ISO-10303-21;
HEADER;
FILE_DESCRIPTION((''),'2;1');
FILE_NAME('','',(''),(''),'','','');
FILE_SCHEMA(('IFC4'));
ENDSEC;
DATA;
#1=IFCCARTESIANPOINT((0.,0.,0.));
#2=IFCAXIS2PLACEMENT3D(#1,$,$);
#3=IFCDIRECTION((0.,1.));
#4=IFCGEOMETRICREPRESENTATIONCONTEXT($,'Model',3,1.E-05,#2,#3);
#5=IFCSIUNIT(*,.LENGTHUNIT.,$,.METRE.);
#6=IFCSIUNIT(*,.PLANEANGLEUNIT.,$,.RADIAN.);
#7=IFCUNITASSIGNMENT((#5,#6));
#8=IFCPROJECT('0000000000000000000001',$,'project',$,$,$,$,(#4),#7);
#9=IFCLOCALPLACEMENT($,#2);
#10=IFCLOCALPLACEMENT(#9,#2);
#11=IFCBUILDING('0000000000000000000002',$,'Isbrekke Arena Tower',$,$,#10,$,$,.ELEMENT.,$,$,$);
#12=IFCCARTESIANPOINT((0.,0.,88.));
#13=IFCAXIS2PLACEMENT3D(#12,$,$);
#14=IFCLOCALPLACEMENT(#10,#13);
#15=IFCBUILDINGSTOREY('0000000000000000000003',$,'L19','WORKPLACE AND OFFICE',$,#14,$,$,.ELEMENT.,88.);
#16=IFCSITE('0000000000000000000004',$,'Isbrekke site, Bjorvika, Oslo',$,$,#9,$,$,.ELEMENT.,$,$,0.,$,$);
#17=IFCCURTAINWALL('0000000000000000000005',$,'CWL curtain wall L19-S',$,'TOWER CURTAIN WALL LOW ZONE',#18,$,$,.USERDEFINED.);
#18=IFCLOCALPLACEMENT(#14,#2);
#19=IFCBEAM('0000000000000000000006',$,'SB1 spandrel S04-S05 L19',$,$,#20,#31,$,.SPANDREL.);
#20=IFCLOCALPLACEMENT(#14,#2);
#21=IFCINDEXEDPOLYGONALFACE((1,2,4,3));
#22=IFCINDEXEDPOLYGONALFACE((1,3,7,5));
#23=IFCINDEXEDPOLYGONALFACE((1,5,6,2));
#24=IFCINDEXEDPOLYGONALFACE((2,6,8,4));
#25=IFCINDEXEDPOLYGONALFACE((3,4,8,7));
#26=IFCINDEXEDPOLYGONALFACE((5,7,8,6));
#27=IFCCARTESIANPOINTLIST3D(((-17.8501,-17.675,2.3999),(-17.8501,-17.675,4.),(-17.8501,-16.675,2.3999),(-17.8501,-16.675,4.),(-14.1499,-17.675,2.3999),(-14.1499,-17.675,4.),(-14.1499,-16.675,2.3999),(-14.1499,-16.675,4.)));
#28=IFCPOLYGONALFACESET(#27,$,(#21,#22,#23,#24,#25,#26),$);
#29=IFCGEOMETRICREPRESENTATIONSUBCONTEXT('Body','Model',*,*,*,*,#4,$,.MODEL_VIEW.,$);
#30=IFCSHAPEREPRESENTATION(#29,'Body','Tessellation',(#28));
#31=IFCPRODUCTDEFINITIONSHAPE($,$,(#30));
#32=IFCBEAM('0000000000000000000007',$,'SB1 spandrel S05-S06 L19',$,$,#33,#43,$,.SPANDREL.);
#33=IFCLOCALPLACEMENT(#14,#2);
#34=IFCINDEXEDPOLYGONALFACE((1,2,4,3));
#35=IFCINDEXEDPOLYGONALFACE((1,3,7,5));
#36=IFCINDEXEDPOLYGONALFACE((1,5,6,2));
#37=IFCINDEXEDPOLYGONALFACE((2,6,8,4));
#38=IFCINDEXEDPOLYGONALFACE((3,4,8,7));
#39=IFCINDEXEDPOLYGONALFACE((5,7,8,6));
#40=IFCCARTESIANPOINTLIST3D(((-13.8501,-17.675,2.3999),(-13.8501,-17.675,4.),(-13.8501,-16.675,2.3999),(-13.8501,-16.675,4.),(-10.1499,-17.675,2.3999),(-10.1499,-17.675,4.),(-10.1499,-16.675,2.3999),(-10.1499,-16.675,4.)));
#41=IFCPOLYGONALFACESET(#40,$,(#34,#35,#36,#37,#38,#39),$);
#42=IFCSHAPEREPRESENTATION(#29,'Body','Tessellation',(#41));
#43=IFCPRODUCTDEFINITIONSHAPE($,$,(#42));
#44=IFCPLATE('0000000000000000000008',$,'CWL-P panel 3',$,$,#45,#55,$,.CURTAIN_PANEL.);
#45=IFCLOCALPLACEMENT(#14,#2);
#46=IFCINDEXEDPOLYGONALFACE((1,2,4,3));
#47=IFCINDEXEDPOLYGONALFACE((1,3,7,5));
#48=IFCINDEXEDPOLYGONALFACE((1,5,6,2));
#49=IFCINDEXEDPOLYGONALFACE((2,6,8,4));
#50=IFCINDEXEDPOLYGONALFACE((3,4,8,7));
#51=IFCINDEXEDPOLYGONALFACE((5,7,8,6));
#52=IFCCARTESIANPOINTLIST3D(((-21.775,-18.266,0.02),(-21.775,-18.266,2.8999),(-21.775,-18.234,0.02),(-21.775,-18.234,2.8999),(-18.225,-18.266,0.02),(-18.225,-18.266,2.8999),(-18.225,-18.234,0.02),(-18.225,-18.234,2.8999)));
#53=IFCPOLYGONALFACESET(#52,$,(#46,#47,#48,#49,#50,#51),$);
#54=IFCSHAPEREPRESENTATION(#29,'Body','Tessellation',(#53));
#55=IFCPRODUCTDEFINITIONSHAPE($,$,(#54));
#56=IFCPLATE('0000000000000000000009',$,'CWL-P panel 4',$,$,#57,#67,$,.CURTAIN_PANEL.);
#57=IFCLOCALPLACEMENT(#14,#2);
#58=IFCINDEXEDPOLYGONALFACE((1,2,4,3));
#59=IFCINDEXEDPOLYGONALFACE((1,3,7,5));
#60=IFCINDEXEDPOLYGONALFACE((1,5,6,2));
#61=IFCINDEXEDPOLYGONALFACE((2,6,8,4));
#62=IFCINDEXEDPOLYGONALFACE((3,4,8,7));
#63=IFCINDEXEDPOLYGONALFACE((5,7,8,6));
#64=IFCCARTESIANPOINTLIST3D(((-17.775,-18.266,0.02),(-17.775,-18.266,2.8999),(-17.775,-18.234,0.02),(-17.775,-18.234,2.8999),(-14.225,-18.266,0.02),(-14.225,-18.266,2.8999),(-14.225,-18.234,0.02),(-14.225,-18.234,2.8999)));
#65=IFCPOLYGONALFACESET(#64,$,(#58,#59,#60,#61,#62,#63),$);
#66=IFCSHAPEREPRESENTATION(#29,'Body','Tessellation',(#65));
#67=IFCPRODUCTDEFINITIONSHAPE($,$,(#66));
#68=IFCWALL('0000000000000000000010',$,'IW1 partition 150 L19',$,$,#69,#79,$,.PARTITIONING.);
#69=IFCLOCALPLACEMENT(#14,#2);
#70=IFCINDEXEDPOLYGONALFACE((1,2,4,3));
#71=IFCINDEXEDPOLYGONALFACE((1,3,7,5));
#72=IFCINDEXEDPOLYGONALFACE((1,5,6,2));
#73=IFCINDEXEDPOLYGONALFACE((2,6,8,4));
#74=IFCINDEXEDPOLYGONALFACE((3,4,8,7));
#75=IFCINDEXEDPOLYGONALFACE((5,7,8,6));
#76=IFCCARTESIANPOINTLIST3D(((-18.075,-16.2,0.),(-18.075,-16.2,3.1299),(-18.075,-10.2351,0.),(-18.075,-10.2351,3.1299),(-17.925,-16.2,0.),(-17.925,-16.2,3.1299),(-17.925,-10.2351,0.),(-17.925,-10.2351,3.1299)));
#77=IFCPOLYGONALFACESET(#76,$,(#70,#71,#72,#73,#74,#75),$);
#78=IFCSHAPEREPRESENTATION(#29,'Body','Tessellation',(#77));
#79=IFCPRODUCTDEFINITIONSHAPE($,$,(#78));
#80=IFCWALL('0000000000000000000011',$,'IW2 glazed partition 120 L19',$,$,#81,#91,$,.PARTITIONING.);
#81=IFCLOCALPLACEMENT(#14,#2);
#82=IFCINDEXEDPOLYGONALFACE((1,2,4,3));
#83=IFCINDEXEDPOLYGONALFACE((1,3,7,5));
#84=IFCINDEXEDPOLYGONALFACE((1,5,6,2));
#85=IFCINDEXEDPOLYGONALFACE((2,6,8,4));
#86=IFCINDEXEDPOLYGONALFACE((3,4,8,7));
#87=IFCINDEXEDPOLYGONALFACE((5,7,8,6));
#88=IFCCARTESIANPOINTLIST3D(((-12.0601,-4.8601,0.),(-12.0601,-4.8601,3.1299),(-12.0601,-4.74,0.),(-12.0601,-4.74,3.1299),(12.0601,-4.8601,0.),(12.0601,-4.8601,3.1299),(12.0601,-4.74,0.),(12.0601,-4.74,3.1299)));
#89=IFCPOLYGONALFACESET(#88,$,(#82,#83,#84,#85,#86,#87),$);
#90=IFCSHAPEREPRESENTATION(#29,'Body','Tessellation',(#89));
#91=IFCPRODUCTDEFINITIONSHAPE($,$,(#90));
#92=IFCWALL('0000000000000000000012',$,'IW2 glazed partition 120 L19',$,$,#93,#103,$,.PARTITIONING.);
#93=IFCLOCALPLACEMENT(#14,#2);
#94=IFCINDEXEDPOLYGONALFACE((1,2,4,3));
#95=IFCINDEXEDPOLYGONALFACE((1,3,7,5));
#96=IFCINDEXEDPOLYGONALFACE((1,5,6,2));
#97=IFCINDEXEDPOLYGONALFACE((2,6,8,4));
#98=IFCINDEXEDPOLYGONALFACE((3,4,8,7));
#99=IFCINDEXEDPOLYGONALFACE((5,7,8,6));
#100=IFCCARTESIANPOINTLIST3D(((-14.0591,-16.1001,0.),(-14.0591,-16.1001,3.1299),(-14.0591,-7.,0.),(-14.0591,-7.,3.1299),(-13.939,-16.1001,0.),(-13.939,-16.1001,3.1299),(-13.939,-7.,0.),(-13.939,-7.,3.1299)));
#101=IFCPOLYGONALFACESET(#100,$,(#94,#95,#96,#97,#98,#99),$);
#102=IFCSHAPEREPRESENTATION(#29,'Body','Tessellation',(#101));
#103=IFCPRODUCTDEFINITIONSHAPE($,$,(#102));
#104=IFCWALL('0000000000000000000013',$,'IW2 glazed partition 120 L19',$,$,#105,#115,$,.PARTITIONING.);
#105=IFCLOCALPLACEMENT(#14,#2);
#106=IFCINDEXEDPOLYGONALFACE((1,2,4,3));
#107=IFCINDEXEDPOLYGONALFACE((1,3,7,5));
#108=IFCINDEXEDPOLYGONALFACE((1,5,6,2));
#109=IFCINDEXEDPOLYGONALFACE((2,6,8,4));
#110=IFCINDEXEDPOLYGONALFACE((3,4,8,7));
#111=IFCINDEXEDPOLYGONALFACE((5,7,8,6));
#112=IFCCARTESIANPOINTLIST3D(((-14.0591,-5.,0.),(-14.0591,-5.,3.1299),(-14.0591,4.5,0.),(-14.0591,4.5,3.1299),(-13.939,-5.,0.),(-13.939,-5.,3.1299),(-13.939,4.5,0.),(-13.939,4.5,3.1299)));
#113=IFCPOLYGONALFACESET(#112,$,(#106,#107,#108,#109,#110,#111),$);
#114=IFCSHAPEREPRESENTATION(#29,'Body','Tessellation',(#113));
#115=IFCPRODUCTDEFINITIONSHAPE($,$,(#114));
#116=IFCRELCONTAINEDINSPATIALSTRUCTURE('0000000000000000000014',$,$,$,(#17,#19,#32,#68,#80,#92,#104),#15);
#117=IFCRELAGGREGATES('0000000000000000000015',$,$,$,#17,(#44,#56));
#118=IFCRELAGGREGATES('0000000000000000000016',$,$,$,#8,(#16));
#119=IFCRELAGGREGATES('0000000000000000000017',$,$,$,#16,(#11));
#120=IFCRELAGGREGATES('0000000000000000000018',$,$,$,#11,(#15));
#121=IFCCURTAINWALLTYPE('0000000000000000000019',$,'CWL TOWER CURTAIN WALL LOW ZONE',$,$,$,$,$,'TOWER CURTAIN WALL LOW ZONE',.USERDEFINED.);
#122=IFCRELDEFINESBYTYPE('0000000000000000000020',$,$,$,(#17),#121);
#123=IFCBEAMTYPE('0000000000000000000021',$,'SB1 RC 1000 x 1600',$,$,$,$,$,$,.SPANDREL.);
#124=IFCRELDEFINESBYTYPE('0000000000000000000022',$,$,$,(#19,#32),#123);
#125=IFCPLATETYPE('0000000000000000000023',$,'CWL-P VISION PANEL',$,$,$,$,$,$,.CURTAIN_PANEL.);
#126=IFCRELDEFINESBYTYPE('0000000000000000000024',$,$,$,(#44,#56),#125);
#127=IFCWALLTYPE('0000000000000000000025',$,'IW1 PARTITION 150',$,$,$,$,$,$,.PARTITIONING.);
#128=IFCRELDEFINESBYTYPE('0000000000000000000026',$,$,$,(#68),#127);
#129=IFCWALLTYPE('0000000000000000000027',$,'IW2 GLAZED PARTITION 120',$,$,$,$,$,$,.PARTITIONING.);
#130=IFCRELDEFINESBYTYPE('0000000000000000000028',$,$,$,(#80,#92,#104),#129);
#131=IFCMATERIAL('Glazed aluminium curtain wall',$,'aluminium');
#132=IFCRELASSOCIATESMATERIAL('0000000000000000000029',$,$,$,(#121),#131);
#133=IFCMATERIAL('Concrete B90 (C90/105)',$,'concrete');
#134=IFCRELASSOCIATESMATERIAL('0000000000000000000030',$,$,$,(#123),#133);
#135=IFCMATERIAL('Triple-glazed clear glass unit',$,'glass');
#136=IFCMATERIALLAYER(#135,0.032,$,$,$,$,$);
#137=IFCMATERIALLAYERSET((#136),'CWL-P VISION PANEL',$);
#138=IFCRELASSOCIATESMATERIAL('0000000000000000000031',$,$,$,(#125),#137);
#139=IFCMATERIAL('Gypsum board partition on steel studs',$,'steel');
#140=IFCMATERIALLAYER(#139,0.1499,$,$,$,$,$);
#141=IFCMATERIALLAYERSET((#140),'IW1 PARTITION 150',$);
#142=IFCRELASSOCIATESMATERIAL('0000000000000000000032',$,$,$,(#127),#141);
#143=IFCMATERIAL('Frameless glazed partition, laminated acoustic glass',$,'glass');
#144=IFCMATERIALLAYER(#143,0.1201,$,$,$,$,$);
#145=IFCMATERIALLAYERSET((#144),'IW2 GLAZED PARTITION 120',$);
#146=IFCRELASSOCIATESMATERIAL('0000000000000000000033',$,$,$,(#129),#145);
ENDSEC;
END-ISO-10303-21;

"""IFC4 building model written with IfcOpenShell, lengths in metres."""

from ifc_helpers import new_model, si_unit, direction, frame, frame_2d, origin, origin_2d, place, context, subcontext, project, spatial, rectangle, extrude, material, layer, layer_set, material_profile, profile_set, type_object, element, aggregate, save


model = new_model("IFC4")

# Units and contexts
model_context = context("Model", 3, precision=1e-05, world=origin(), true_north=direction((0.0, 1.0)))
body_context = subcontext(model_context, "Body", "Model", "MODEL_VIEW")
ifc_project = project(units=[si_unit("LENGTHUNIT", "METRE"), si_unit("PLANEANGLEUNIT", "RADIAN")], contexts=[model_context])

# Site, building, storey
site_placement = place(None, origin())
site = spatial("IfcSite", under=ifc_project, at=site_placement, Name="Isbrekke site, Bjorvika, Oslo", CompositionType="ELEMENT", RefElevation=0.0)
building_placement = place(site_placement, origin())
building = spatial("IfcBuilding", under=site, at=building_placement, Name="Isbrekke Arena Tower", CompositionType="ELEMENT")
storey_placement = place(building_placement, frame((0.0, 0.0, 88.0)))
storey = spatial("IfcBuildingStorey", under=building, at=storey_placement, Name="L19", Description="WORKPLACE AND OFFICE", CompositionType="ELEMENT", Elevation=88.0)

# Curtain wall
ifc_material_1 = material(Name="Glazed aluminium curtain wall", Category="aluminium")
curtain_wall_type = type_object("IfcCurtainWallType", Name="CWL TOWER CURTAIN WALL LOW ZONE", ElementType="TOWER CURTAIN WALL LOW ZONE", PredefinedType="USERDEFINED", material=ifc_material_1)
curtain_wall_placement = place(storey_placement, origin())
curtain_wall = element("IfcCurtainWall", 1, at=curtain_wall_placement, inside=storey, type_object=curtain_wall_type, Name="CWL curtain wall L19-S", ObjectType="TOWER CURTAIN WALL LOW ZONE", PredefinedType="USERDEFINED")

# Beams
ifc_material_2 = material(Name="Concrete B90 (C90/105)", Category="concrete")
ifc_material_profile_1 = material_profile(ifc_material_2, rectangle(XDim=1.0, YDim=1.6001, at=origin_2d()), Name="RC 1000x1600")
ifc_profile_set_1 = profile_set([ifc_material_profile_1], Name="Concrete B90 (C90/105)")
beam_type_1 = type_object("IfcBeamType", Name="SB1 RC 1000 x 1600", PredefinedType="SPANDREL", material=ifc_profile_set_1)
for number, where, z_axis, x_axis, name in (
    (2, (-17.8501, -17.175, 3.2), (1.0, 0.0, 0.0), (0.0, 1.0, 0.0), "SB1 spandrel S04-S05 L19"),
    (3, (-13.8501, -17.175, 3.2), (1.0, 0.0, 0.0), (0.0, 1.0, 0.0), "SB1 spandrel S05-S06 L19"),
):
    element("IfcBeam", number, at=place(storey_placement, frame(where, z_axis=z_axis, x_axis=x_axis)), inside=storey, type_object=beam_type_1, Name=name, PredefinedType="SPANDREL", context=body_context, shape_type="SweptSolid", body=[
        extrude(rectangle(XDim=1.0, YDim=1.6001, at=origin_2d()), origin(), (0.0, 0.0, 1.0), 3.7002),
    ])

# Plates
ifc_material_3 = material(Name="Triple-glazed clear glass unit", Category="glass")
ifc_layer_1 = layer(ifc_material_3, 0.032)
ifc_layer_set_1 = layer_set([ifc_layer_1], Name="CWL-P VISION PANEL")
plate_type = type_object("IfcPlateType", Name="CWL-P VISION PANEL", PredefinedType="CURTAIN_PANEL", material=ifc_layer_set_1)
plate_1_placement = place(storey_placement, frame((-20.0, -18.25, 0.02), z_axis=(0.0, 0.0, 1.0), x_axis=(1.0, 0.0, 0.0)))
plate_1 = element("IfcPlate", 4, at=plate_1_placement, type_object=plate_type, Name="CWL-P panel 3", PredefinedType="CURTAIN_PANEL", context=body_context, shape_type="SweptSolid", body=[
    extrude(rectangle(XDim=3.55, YDim=0.032, at=origin_2d()), origin(), (0.0, 0.0, 1.0), 2.8799),
])
plate_2_placement = place(storey_placement, frame((-16.0, -18.25, 0.02), z_axis=(0.0, 0.0, 1.0), x_axis=(1.0, 0.0, 0.0)))
plate_2 = element("IfcPlate", 5, at=plate_2_placement, type_object=plate_type, Name="CWL-P panel 4", PredefinedType="CURTAIN_PANEL", context=body_context, shape_type="SweptSolid", body=[
    extrude(rectangle(XDim=3.55, YDim=0.032, at=origin_2d()), origin(), (0.0, 0.0, 1.0), 2.8799),
])
aggregate(curtain_wall, [plate_1, plate_2])

# Walls
ifc_material_4 = material(Name="Gypsum board partition on steel studs", Category="steel")
ifc_layer_2 = layer(ifc_material_4, 0.1499)
ifc_layer_set_2 = layer_set([ifc_layer_2], Name="IW1 PARTITION 150")
wall_type_1 = type_object("IfcWallType", Name="IW1 PARTITION 150", PredefinedType="PARTITIONING", material=ifc_layer_set_2)
wall_1_placement = place(storey_placement, frame((-18.0, -16.2, 0.0), z_axis=(0.0, 0.0, 1.0), x_axis=(0.0, 1.0, 0.0)))
element("IfcWall", 6, at=wall_1_placement, inside=storey, type_object=wall_type_1, Name="IW1 partition 150 L19", PredefinedType="PARTITIONING", context=body_context, shape_type="SweptSolid", body=[
    extrude(rectangle(XDim=5.9648, YDim=0.1499, at=frame_2d((2.9824, 0.0))), origin(), (0.0, 0.0, 1.0), 3.1299),
])
ifc_material_5 = material(Name="Frameless glazed partition, laminated acoustic glass", Category="glass")
ifc_layer_3 = layer(ifc_material_5, 0.1201)
ifc_layer_set_3 = layer_set([ifc_layer_3], Name="IW2 GLAZED PARTITION 120")
wall_type_2 = type_object("IfcWallType", Name="IW2 GLAZED PARTITION 120", PredefinedType="PARTITIONING", material=ifc_layer_set_3)
wall_2_placement = place(storey_placement, frame((-12.0601, -4.8, 0.0), z_axis=(0.0, 0.0, 1.0), x_axis=(1.0, 0.0, 0.0)))
element("IfcWall", 7, at=wall_2_placement, inside=storey, type_object=wall_type_2, Name="IW2 glazed partition 120 L19", PredefinedType="PARTITIONING", context=body_context, shape_type="SweptSolid", body=[
    extrude(rectangle(XDim=24.1201, YDim=0.1201, at=frame_2d((12.0601, 0.0))), origin(), (0.0, 0.0, 1.0), 3.1299),
])
wall_3_placement = place(storey_placement, frame((-13.999, -16.1001, 0.0), z_axis=(0.0, 0.0, 1.0), x_axis=(0.0, 1.0, 0.0)))
element("IfcWall", 8, at=wall_3_placement, inside=storey, type_object=wall_type_2, Name="IW2 glazed partition 120 L19", PredefinedType="PARTITIONING", context=body_context, shape_type="SweptSolid", body=[
    extrude(rectangle(XDim=9.1001, YDim=0.1201, at=frame_2d((4.55, 0.0))), origin(), (0.0, 0.0, 1.0), 3.1299),
])
wall_4_placement = place(storey_placement, frame((-13.999, -5.0, 0.0), z_axis=(0.0, 0.0, 1.0), x_axis=(0.0, 1.0, 0.0)))
element("IfcWall", 9, at=wall_4_placement, inside=storey, type_object=wall_type_2, Name="IW2 glazed partition 120 L19", PredefinedType="PARTITIONING", context=body_context, shape_type="SweptSolid", body=[
    extrude(rectangle(XDim=9.5, YDim=0.1201, at=frame_2d((4.75, 0.0))), origin(), (0.0, 0.0, 1.0), 3.1299),
])

save(model, "model.ifc")
